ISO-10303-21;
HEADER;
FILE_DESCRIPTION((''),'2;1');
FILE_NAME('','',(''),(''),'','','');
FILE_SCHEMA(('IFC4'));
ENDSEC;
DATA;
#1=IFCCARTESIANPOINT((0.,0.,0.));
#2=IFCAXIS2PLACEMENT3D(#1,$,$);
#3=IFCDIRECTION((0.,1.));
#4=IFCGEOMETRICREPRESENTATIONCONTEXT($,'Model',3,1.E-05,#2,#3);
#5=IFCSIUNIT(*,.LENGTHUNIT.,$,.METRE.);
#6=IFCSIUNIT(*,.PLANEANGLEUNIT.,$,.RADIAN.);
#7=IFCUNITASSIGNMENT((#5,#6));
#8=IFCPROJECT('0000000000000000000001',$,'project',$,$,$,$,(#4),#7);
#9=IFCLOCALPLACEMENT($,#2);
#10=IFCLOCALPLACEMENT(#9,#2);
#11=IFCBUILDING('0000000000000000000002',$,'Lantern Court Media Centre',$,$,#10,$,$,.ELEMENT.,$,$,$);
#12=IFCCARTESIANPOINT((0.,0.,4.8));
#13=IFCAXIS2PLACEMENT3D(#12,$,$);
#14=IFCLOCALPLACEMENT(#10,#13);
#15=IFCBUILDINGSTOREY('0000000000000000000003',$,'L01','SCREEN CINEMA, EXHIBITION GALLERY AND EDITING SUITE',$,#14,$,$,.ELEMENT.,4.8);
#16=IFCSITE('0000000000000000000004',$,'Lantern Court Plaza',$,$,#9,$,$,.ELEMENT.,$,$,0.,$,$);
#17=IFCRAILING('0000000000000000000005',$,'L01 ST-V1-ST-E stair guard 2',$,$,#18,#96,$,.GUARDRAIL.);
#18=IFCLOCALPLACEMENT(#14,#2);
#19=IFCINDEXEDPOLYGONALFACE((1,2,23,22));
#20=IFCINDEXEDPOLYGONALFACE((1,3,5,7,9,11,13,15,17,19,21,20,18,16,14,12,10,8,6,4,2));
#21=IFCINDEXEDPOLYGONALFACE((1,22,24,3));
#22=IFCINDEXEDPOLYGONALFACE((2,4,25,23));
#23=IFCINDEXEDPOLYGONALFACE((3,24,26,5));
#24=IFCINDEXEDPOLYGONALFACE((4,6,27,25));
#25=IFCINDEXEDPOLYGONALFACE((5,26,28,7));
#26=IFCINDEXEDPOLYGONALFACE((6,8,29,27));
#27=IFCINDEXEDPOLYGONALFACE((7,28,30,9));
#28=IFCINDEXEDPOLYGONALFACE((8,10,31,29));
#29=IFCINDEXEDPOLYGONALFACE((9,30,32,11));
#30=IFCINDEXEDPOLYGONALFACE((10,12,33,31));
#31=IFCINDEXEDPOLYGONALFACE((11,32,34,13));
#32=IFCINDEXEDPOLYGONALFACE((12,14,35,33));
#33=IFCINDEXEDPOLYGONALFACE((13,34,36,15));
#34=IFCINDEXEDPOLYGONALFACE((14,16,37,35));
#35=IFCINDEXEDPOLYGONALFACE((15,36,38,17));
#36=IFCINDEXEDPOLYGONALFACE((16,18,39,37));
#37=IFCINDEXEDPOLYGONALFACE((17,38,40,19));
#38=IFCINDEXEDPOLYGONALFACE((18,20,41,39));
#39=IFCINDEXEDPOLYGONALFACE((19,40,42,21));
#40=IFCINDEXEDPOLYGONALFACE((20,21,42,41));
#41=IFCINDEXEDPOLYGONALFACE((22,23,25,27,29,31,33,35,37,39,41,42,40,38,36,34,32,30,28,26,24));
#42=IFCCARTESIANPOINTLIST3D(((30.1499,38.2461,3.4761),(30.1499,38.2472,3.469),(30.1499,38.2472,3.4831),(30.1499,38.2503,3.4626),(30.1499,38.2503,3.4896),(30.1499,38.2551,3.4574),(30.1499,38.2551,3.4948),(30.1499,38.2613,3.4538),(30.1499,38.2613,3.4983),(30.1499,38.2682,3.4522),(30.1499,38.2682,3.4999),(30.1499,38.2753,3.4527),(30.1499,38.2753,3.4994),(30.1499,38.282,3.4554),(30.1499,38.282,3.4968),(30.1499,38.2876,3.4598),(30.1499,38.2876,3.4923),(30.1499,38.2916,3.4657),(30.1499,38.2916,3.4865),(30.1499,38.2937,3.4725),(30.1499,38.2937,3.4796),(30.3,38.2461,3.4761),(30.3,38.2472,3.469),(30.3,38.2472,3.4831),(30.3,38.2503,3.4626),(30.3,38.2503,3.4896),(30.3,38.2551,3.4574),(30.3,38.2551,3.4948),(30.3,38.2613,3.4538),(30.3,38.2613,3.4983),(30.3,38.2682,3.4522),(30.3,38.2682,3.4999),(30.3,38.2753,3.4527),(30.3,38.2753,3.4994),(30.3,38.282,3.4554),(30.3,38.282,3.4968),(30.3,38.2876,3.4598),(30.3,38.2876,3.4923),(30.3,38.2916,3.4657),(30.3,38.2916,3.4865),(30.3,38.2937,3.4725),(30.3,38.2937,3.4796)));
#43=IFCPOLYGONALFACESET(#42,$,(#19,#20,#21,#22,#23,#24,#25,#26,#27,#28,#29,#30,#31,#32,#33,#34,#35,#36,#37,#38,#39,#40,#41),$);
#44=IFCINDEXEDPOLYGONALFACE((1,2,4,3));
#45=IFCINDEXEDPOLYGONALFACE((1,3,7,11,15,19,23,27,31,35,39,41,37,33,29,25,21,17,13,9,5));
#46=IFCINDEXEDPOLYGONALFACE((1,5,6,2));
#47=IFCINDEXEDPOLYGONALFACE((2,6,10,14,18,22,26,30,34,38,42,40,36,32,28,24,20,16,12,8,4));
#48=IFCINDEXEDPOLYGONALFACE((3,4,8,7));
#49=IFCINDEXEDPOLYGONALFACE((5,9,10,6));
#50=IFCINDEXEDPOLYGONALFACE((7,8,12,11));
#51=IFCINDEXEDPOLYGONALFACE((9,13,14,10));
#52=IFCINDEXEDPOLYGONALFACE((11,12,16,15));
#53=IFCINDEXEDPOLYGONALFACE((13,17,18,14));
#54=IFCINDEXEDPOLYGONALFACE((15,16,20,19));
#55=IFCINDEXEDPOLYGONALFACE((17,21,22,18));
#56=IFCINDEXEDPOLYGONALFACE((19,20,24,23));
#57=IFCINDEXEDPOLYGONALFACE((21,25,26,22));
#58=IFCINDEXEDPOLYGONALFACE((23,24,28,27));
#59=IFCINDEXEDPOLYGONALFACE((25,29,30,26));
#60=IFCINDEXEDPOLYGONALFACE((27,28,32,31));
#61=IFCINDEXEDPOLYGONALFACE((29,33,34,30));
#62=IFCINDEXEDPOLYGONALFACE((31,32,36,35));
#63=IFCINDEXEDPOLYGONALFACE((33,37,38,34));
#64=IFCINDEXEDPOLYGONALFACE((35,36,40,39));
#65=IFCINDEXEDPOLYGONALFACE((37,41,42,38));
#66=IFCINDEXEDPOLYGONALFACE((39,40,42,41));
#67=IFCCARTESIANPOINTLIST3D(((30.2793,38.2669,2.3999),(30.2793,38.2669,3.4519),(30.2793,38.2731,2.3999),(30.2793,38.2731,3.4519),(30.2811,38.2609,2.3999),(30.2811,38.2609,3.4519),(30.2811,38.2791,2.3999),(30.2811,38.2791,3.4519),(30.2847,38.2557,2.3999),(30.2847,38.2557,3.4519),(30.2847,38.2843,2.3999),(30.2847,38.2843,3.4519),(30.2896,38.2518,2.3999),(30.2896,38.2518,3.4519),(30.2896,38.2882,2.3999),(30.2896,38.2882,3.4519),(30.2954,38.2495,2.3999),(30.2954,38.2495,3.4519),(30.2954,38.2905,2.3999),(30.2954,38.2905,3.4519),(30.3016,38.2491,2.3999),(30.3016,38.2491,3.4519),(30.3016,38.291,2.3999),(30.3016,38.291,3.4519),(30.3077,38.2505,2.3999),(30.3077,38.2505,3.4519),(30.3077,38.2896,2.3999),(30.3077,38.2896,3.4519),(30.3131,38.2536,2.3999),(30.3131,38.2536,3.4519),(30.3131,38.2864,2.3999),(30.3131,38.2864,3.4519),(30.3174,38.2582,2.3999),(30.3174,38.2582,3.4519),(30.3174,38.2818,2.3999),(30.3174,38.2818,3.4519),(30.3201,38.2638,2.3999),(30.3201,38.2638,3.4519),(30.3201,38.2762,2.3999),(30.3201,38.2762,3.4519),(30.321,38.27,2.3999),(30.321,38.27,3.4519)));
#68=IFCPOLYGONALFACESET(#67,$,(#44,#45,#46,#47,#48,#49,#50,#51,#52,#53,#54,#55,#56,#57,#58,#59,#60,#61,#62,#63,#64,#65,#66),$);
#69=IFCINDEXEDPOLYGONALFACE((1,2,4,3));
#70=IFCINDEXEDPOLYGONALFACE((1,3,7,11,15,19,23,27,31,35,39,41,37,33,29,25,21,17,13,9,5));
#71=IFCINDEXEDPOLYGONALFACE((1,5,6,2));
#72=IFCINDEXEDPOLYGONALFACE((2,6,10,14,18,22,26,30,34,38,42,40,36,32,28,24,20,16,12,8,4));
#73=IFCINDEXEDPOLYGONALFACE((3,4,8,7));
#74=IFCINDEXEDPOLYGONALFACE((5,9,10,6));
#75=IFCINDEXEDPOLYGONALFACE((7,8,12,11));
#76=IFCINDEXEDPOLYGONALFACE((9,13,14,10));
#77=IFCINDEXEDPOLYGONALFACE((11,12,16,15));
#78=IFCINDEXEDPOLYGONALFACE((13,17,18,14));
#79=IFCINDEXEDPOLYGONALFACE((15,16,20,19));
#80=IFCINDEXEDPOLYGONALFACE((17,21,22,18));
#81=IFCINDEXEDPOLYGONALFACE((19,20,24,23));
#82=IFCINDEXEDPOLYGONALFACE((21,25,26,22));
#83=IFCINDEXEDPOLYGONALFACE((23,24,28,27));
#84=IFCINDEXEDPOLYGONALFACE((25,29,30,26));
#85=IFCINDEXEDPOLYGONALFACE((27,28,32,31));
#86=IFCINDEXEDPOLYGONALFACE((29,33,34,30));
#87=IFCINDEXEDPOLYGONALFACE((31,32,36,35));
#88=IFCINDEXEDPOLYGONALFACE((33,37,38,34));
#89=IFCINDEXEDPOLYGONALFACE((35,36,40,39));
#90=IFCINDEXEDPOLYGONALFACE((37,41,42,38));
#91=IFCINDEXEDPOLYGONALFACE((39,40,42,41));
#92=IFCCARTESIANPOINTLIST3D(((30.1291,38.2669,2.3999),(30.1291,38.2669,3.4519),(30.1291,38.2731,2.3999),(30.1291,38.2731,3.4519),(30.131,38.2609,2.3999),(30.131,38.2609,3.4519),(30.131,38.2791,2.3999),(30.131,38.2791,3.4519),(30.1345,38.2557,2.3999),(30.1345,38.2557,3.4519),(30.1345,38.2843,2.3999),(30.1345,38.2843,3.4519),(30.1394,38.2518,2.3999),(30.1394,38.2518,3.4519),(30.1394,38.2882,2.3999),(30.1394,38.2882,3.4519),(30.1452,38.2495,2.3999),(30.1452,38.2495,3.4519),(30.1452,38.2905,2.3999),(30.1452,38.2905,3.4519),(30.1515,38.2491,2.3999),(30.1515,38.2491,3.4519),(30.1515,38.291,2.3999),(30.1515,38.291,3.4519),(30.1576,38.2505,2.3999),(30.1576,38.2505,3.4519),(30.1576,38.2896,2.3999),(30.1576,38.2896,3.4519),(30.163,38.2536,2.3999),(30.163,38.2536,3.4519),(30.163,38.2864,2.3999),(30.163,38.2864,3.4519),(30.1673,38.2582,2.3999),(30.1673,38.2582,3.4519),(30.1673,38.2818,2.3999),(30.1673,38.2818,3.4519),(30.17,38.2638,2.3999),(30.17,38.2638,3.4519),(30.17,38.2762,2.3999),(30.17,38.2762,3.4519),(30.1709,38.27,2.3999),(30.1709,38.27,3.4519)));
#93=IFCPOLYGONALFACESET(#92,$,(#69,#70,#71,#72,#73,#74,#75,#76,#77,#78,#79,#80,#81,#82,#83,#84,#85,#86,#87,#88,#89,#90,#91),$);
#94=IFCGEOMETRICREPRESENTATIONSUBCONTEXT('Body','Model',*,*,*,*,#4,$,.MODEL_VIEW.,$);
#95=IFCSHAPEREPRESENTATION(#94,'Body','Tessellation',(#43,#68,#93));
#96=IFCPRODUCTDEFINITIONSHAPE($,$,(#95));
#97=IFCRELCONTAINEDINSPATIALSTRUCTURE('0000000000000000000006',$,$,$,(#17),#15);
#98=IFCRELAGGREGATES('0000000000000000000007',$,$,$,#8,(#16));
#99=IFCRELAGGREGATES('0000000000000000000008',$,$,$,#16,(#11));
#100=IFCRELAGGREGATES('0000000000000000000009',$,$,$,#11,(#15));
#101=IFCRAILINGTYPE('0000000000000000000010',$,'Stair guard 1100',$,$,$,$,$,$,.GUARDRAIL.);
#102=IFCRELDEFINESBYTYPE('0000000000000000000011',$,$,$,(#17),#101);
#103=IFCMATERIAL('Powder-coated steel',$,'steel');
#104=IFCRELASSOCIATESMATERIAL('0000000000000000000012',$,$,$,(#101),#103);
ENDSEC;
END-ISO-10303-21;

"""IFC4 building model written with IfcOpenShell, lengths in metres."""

from ifc_helpers import new_model, si_unit, direction, frame, origin, origin_2d, place, context, subcontext, project, spatial, circle, extrude, material, type_object, element, save


model = new_model("IFC4")

# Units and contexts
model_context = context("Model", 3, precision=1e-05, world=origin(), true_north=direction((0.0, 1.0)))
body_context = subcontext(model_context, "Body", "Model", "MODEL_VIEW")
ifc_project = project(units=[si_unit("LENGTHUNIT", "METRE"), si_unit("PLANEANGLEUNIT", "RADIAN")], contexts=[model_context])

# Site, building, storey
site_placement = place(None, origin())
site = spatial("IfcSite", under=ifc_project, at=site_placement, Name="Lantern Court Plaza", CompositionType="ELEMENT", RefElevation=0.0)
building_placement = place(site_placement, origin())
building = spatial("IfcBuilding", under=site, at=building_placement, Name="Lantern Court Media Centre", CompositionType="ELEMENT")
storey_placement = place(building_placement, frame((0.0, 0.0, 4.8)))
storey = spatial("IfcBuildingStorey", under=building, at=storey_placement, Name="L01", Description="SCREEN CINEMA, EXHIBITION GALLERY AND EDITING SUITE", CompositionType="ELEMENT", Elevation=4.8)

# Railing
ifc_material_1 = material(Name="Powder-coated steel", Category="steel")
railing_type_1 = type_object("IfcRailingType", Name="Stair guard 1100", PredefinedType="GUARDRAIL", material=ifc_material_1)
railing_1_placement = place(storey_placement, frame((30.3, 38.27, 2.3999)))
element("IfcRailing", 1, at=railing_1_placement, inside=storey, type_object=railing_type_1, Name="L01 ST-V1-ST-E stair guard 2", PredefinedType="GUARDRAIL", context=body_context, shape_type="SweptSolid", body=[
    extrude(circle(Radius=0.0239, at=origin_2d()), frame((0.0, 0.0, 1.0762), z_axis=(-1.0, 0.0, 0.0), x_axis=(0.0, -1.0, 0.0)), (0.0, 0.0, 1.0), 0.1501),
    extrude(circle(Radius=0.021, at=origin_2d()), origin(), (0.0, 0.0, 1.0), 1.052),
    extrude(circle(Radius=0.021, at=origin_2d()), frame((-0.1501, 0.0, 0.0)), (0.0, 0.0, 1.0), 1.052),
])

save(model, "model.ifc")
